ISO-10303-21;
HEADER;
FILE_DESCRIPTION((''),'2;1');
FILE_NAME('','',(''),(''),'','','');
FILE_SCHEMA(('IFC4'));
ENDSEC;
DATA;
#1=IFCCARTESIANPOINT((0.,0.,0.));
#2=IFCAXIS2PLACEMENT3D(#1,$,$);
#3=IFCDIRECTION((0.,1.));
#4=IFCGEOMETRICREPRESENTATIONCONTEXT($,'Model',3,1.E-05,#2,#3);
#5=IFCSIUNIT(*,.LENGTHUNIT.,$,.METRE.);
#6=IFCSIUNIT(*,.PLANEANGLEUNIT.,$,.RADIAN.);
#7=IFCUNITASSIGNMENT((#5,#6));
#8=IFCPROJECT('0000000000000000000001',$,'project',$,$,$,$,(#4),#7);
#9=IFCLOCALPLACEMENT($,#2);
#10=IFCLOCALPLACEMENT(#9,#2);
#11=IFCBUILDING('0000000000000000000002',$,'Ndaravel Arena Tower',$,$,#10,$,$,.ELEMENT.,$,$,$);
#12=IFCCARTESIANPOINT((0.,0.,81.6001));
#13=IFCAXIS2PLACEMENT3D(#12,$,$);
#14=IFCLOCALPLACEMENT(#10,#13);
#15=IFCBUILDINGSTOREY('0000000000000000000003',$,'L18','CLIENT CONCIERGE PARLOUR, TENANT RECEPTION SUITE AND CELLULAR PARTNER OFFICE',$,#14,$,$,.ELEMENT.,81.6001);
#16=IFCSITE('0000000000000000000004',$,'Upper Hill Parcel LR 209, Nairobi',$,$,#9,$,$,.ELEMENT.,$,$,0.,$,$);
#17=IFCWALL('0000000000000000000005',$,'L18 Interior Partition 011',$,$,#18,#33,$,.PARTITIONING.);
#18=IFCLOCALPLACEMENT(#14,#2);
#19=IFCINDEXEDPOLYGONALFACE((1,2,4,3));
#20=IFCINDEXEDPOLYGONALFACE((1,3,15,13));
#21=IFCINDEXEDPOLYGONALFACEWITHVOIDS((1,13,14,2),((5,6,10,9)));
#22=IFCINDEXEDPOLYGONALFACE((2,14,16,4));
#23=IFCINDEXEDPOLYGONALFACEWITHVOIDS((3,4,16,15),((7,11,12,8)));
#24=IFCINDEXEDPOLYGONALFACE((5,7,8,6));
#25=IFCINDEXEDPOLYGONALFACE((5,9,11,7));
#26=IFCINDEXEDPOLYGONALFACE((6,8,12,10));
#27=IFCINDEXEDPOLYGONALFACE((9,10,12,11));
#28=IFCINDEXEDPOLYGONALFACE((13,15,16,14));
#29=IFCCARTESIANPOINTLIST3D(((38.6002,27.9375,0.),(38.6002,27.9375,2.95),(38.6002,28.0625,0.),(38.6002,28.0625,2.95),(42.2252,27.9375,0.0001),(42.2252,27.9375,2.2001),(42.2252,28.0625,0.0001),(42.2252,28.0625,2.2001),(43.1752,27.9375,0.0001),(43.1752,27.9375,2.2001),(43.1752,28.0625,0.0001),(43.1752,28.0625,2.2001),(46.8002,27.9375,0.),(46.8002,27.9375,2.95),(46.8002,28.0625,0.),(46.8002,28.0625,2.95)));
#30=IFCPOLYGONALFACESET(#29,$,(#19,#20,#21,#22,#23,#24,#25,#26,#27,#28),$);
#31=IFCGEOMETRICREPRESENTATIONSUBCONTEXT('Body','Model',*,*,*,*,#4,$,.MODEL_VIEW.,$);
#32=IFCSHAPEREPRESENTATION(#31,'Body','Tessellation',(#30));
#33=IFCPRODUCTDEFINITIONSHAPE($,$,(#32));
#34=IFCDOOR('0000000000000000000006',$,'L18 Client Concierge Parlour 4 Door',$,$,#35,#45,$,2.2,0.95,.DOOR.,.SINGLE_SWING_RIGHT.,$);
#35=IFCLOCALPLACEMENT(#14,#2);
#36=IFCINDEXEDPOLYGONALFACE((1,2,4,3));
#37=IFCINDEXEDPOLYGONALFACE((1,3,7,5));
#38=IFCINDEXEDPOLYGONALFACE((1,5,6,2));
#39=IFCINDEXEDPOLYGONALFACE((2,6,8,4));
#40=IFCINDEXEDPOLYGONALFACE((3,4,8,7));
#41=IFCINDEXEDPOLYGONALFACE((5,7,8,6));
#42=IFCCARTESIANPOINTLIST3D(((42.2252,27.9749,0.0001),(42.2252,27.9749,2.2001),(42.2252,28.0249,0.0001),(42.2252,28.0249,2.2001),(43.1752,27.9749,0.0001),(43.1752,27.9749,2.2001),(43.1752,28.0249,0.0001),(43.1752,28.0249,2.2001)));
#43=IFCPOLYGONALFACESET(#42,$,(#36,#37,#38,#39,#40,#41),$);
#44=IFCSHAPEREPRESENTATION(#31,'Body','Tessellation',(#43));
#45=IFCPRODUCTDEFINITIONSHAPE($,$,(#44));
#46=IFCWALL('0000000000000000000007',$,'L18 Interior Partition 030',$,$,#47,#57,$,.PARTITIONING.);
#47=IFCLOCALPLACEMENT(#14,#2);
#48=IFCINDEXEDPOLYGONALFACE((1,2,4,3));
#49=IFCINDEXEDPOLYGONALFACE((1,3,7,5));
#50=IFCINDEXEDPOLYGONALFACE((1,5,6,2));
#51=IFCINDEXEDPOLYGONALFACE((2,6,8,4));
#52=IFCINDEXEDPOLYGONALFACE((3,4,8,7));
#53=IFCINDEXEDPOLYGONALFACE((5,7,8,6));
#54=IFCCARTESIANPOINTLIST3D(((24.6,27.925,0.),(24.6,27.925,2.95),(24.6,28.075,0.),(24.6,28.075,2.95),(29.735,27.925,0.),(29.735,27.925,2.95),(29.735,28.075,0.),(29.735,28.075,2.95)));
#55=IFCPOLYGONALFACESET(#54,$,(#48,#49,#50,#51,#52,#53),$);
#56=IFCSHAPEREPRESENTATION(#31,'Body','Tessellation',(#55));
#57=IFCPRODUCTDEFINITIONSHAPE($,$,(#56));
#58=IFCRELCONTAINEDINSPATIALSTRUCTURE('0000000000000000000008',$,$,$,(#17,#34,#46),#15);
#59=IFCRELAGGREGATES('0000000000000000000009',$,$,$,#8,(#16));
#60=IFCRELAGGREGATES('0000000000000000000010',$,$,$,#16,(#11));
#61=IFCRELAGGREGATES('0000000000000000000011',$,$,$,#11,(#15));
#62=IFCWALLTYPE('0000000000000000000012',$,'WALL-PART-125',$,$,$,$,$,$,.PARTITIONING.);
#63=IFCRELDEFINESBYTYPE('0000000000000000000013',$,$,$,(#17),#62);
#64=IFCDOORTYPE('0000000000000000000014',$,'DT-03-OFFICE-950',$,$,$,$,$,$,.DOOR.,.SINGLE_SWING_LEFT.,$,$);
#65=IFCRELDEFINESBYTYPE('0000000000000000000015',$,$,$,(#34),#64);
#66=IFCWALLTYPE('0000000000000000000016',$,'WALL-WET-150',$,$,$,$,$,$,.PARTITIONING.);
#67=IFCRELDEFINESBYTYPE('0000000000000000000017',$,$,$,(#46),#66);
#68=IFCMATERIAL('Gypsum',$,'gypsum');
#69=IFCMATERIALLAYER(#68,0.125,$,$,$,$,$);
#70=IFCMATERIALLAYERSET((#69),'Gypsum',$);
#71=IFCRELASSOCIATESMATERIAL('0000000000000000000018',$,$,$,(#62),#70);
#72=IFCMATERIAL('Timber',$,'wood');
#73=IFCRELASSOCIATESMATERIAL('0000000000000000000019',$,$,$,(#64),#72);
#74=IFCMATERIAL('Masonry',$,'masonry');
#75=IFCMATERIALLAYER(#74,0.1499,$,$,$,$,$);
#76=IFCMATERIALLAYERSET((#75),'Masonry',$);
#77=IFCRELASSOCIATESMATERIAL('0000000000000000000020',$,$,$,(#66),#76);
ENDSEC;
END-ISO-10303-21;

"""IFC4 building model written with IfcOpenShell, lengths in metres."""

from ifc_helpers import new_model, si_unit, direction, frame, frame_2d, origin, place, context, subcontext, project, spatial, rectangle, extrude, material, layer, layer_set, type_object, element, fill, save


model = new_model("IFC4")

# Units and contexts
model_context = context("Model", 3, precision=1e-05, world=origin(), true_north=direction((0.0, 1.0)))
body_context = subcontext(model_context, "Body", "Model", "MODEL_VIEW")
ifc_project = project(units=[si_unit("LENGTHUNIT", "METRE"), si_unit("PLANEANGLEUNIT", "RADIAN")], contexts=[model_context])

# Site, building, storey
site_placement = place(None, origin())
site = spatial("IfcSite", under=ifc_project, at=site_placement, Name="Upper Hill Parcel LR 209, Nairobi", CompositionType="ELEMENT", RefElevation=0.0)
building_placement = place(site_placement, origin())
building = spatial("IfcBuilding", under=site, at=building_placement, Name="Ndaravel Arena Tower", CompositionType="ELEMENT")
storey_placement = place(building_placement, frame((0.0, 0.0, 81.6001)))
storey = spatial("IfcBuildingStorey", under=building, at=storey_placement, Name="L18", Description="CLIENT CONCIERGE PARLOUR, TENANT RECEPTION SUITE AND CELLULAR PARTNER OFFICE", CompositionType="ELEMENT", Elevation=81.6001)

# Shared definitions
ifc_material_1 = material(Name="Gypsum", Category="gypsum")
ifc_layer_1 = layer(ifc_material_1, 0.125)
ifc_layer_set_1 = layer_set([ifc_layer_1], Name="Gypsum")
wall_type_1 = type_object("IfcWallType", Name="WALL-PART-125", PredefinedType="PARTITIONING", material=ifc_layer_set_1)

# Wall, opening, door
ifc_material_2 = material(Name="Timber", Category="wood")
door_type = type_object("IfcDoorType", Name="DT-03-OFFICE-950", OperationType="SINGLE_SWING_LEFT", PredefinedType="DOOR", material=ifc_material_2)
wall_1_placement = place(storey_placement, frame((38.6001, 28.0, 0.0), z_axis=(0.0, 0.0, 1.0), x_axis=(1.0, 0.0, 0.0)))
wall_1 = element("IfcWall", 1, at=wall_1_placement, inside=storey, type_object=wall_type_1, Name="L18 Interior Partition 011", PredefinedType="PARTITIONING", context=body_context, shape_type="SweptSolid", body=[
    extrude(rectangle(XDim=8.2, YDim=0.125, at=frame_2d((4.1001, 0.0))), origin(), (0.0, 0.0, 1.0), 2.95),
])
opening_1_placement = place(wall_1_placement, frame((3.625, 0.0, 0.0)))
opening_1 = element("IfcOpeningElement", 2, at=opening_1_placement, cuts=wall_1, PredefinedType="OPENING", context=body_context, shape_type="SweptSolid", body=[
    extrude(rectangle(XDim=0.95, YDim=2.2, at=frame_2d((0.4751, 1.1001))), frame((0.0, 0.0625, 0.0), z_axis=(0.0, -1.0, 0.0), x_axis=(1.0, 0.0, 0.0)), (0.0, 0.0, 1.0), 0.125),
])
door_1_placement = place(opening_1_placement, origin())
door_1 = element("IfcDoor", 3, at=door_1_placement, inside=storey, type_object=door_type, Name="L18 Client Concierge Parlour 4 Door", OperationType="SINGLE_SWING_RIGHT", OverallHeight=2.2, OverallWidth=0.95, PredefinedType="DOOR", context=body_context, shape_type="SweptSolid", body=[
    extrude(rectangle(XDim=0.95, YDim=2.2, at=frame_2d((0.4751, 1.1001))), frame((0.0, 0.0249, 0.0), z_axis=(0.0, -1.0, 0.0), x_axis=(1.0, 0.0, 0.0)), (0.0, 0.0, 1.0), 0.05),
])
fill(opening_1, door_1)

# Wall
ifc_material_3 = material(Name="Masonry", Category="masonry")
ifc_layer_2 = layer(ifc_material_3, 0.1499)
ifc_layer_set_2 = layer_set([ifc_layer_2], Name="Masonry")
wall_type_2 = type_object("IfcWallType", Name="WALL-WET-150", PredefinedType="PARTITIONING", material=ifc_layer_set_2)
wall_2_placement = place(storey_placement, frame((24.6001, 28.0, 0.0), z_axis=(0.0, 0.0, 1.0), x_axis=(1.0, 0.0, 0.0)))
element("IfcWall", 4, at=wall_2_placement, inside=storey, type_object=wall_type_2, Name="L18 Interior Partition 030", PredefinedType="PARTITIONING", context=body_context, shape_type="SweptSolid", body=[
    extrude(rectangle(XDim=5.135, YDim=0.1499, at=frame_2d((2.5674, 0.0))), origin(), (0.0, 0.0, 1.0), 2.95),
])

save(model, "model.ifc")
